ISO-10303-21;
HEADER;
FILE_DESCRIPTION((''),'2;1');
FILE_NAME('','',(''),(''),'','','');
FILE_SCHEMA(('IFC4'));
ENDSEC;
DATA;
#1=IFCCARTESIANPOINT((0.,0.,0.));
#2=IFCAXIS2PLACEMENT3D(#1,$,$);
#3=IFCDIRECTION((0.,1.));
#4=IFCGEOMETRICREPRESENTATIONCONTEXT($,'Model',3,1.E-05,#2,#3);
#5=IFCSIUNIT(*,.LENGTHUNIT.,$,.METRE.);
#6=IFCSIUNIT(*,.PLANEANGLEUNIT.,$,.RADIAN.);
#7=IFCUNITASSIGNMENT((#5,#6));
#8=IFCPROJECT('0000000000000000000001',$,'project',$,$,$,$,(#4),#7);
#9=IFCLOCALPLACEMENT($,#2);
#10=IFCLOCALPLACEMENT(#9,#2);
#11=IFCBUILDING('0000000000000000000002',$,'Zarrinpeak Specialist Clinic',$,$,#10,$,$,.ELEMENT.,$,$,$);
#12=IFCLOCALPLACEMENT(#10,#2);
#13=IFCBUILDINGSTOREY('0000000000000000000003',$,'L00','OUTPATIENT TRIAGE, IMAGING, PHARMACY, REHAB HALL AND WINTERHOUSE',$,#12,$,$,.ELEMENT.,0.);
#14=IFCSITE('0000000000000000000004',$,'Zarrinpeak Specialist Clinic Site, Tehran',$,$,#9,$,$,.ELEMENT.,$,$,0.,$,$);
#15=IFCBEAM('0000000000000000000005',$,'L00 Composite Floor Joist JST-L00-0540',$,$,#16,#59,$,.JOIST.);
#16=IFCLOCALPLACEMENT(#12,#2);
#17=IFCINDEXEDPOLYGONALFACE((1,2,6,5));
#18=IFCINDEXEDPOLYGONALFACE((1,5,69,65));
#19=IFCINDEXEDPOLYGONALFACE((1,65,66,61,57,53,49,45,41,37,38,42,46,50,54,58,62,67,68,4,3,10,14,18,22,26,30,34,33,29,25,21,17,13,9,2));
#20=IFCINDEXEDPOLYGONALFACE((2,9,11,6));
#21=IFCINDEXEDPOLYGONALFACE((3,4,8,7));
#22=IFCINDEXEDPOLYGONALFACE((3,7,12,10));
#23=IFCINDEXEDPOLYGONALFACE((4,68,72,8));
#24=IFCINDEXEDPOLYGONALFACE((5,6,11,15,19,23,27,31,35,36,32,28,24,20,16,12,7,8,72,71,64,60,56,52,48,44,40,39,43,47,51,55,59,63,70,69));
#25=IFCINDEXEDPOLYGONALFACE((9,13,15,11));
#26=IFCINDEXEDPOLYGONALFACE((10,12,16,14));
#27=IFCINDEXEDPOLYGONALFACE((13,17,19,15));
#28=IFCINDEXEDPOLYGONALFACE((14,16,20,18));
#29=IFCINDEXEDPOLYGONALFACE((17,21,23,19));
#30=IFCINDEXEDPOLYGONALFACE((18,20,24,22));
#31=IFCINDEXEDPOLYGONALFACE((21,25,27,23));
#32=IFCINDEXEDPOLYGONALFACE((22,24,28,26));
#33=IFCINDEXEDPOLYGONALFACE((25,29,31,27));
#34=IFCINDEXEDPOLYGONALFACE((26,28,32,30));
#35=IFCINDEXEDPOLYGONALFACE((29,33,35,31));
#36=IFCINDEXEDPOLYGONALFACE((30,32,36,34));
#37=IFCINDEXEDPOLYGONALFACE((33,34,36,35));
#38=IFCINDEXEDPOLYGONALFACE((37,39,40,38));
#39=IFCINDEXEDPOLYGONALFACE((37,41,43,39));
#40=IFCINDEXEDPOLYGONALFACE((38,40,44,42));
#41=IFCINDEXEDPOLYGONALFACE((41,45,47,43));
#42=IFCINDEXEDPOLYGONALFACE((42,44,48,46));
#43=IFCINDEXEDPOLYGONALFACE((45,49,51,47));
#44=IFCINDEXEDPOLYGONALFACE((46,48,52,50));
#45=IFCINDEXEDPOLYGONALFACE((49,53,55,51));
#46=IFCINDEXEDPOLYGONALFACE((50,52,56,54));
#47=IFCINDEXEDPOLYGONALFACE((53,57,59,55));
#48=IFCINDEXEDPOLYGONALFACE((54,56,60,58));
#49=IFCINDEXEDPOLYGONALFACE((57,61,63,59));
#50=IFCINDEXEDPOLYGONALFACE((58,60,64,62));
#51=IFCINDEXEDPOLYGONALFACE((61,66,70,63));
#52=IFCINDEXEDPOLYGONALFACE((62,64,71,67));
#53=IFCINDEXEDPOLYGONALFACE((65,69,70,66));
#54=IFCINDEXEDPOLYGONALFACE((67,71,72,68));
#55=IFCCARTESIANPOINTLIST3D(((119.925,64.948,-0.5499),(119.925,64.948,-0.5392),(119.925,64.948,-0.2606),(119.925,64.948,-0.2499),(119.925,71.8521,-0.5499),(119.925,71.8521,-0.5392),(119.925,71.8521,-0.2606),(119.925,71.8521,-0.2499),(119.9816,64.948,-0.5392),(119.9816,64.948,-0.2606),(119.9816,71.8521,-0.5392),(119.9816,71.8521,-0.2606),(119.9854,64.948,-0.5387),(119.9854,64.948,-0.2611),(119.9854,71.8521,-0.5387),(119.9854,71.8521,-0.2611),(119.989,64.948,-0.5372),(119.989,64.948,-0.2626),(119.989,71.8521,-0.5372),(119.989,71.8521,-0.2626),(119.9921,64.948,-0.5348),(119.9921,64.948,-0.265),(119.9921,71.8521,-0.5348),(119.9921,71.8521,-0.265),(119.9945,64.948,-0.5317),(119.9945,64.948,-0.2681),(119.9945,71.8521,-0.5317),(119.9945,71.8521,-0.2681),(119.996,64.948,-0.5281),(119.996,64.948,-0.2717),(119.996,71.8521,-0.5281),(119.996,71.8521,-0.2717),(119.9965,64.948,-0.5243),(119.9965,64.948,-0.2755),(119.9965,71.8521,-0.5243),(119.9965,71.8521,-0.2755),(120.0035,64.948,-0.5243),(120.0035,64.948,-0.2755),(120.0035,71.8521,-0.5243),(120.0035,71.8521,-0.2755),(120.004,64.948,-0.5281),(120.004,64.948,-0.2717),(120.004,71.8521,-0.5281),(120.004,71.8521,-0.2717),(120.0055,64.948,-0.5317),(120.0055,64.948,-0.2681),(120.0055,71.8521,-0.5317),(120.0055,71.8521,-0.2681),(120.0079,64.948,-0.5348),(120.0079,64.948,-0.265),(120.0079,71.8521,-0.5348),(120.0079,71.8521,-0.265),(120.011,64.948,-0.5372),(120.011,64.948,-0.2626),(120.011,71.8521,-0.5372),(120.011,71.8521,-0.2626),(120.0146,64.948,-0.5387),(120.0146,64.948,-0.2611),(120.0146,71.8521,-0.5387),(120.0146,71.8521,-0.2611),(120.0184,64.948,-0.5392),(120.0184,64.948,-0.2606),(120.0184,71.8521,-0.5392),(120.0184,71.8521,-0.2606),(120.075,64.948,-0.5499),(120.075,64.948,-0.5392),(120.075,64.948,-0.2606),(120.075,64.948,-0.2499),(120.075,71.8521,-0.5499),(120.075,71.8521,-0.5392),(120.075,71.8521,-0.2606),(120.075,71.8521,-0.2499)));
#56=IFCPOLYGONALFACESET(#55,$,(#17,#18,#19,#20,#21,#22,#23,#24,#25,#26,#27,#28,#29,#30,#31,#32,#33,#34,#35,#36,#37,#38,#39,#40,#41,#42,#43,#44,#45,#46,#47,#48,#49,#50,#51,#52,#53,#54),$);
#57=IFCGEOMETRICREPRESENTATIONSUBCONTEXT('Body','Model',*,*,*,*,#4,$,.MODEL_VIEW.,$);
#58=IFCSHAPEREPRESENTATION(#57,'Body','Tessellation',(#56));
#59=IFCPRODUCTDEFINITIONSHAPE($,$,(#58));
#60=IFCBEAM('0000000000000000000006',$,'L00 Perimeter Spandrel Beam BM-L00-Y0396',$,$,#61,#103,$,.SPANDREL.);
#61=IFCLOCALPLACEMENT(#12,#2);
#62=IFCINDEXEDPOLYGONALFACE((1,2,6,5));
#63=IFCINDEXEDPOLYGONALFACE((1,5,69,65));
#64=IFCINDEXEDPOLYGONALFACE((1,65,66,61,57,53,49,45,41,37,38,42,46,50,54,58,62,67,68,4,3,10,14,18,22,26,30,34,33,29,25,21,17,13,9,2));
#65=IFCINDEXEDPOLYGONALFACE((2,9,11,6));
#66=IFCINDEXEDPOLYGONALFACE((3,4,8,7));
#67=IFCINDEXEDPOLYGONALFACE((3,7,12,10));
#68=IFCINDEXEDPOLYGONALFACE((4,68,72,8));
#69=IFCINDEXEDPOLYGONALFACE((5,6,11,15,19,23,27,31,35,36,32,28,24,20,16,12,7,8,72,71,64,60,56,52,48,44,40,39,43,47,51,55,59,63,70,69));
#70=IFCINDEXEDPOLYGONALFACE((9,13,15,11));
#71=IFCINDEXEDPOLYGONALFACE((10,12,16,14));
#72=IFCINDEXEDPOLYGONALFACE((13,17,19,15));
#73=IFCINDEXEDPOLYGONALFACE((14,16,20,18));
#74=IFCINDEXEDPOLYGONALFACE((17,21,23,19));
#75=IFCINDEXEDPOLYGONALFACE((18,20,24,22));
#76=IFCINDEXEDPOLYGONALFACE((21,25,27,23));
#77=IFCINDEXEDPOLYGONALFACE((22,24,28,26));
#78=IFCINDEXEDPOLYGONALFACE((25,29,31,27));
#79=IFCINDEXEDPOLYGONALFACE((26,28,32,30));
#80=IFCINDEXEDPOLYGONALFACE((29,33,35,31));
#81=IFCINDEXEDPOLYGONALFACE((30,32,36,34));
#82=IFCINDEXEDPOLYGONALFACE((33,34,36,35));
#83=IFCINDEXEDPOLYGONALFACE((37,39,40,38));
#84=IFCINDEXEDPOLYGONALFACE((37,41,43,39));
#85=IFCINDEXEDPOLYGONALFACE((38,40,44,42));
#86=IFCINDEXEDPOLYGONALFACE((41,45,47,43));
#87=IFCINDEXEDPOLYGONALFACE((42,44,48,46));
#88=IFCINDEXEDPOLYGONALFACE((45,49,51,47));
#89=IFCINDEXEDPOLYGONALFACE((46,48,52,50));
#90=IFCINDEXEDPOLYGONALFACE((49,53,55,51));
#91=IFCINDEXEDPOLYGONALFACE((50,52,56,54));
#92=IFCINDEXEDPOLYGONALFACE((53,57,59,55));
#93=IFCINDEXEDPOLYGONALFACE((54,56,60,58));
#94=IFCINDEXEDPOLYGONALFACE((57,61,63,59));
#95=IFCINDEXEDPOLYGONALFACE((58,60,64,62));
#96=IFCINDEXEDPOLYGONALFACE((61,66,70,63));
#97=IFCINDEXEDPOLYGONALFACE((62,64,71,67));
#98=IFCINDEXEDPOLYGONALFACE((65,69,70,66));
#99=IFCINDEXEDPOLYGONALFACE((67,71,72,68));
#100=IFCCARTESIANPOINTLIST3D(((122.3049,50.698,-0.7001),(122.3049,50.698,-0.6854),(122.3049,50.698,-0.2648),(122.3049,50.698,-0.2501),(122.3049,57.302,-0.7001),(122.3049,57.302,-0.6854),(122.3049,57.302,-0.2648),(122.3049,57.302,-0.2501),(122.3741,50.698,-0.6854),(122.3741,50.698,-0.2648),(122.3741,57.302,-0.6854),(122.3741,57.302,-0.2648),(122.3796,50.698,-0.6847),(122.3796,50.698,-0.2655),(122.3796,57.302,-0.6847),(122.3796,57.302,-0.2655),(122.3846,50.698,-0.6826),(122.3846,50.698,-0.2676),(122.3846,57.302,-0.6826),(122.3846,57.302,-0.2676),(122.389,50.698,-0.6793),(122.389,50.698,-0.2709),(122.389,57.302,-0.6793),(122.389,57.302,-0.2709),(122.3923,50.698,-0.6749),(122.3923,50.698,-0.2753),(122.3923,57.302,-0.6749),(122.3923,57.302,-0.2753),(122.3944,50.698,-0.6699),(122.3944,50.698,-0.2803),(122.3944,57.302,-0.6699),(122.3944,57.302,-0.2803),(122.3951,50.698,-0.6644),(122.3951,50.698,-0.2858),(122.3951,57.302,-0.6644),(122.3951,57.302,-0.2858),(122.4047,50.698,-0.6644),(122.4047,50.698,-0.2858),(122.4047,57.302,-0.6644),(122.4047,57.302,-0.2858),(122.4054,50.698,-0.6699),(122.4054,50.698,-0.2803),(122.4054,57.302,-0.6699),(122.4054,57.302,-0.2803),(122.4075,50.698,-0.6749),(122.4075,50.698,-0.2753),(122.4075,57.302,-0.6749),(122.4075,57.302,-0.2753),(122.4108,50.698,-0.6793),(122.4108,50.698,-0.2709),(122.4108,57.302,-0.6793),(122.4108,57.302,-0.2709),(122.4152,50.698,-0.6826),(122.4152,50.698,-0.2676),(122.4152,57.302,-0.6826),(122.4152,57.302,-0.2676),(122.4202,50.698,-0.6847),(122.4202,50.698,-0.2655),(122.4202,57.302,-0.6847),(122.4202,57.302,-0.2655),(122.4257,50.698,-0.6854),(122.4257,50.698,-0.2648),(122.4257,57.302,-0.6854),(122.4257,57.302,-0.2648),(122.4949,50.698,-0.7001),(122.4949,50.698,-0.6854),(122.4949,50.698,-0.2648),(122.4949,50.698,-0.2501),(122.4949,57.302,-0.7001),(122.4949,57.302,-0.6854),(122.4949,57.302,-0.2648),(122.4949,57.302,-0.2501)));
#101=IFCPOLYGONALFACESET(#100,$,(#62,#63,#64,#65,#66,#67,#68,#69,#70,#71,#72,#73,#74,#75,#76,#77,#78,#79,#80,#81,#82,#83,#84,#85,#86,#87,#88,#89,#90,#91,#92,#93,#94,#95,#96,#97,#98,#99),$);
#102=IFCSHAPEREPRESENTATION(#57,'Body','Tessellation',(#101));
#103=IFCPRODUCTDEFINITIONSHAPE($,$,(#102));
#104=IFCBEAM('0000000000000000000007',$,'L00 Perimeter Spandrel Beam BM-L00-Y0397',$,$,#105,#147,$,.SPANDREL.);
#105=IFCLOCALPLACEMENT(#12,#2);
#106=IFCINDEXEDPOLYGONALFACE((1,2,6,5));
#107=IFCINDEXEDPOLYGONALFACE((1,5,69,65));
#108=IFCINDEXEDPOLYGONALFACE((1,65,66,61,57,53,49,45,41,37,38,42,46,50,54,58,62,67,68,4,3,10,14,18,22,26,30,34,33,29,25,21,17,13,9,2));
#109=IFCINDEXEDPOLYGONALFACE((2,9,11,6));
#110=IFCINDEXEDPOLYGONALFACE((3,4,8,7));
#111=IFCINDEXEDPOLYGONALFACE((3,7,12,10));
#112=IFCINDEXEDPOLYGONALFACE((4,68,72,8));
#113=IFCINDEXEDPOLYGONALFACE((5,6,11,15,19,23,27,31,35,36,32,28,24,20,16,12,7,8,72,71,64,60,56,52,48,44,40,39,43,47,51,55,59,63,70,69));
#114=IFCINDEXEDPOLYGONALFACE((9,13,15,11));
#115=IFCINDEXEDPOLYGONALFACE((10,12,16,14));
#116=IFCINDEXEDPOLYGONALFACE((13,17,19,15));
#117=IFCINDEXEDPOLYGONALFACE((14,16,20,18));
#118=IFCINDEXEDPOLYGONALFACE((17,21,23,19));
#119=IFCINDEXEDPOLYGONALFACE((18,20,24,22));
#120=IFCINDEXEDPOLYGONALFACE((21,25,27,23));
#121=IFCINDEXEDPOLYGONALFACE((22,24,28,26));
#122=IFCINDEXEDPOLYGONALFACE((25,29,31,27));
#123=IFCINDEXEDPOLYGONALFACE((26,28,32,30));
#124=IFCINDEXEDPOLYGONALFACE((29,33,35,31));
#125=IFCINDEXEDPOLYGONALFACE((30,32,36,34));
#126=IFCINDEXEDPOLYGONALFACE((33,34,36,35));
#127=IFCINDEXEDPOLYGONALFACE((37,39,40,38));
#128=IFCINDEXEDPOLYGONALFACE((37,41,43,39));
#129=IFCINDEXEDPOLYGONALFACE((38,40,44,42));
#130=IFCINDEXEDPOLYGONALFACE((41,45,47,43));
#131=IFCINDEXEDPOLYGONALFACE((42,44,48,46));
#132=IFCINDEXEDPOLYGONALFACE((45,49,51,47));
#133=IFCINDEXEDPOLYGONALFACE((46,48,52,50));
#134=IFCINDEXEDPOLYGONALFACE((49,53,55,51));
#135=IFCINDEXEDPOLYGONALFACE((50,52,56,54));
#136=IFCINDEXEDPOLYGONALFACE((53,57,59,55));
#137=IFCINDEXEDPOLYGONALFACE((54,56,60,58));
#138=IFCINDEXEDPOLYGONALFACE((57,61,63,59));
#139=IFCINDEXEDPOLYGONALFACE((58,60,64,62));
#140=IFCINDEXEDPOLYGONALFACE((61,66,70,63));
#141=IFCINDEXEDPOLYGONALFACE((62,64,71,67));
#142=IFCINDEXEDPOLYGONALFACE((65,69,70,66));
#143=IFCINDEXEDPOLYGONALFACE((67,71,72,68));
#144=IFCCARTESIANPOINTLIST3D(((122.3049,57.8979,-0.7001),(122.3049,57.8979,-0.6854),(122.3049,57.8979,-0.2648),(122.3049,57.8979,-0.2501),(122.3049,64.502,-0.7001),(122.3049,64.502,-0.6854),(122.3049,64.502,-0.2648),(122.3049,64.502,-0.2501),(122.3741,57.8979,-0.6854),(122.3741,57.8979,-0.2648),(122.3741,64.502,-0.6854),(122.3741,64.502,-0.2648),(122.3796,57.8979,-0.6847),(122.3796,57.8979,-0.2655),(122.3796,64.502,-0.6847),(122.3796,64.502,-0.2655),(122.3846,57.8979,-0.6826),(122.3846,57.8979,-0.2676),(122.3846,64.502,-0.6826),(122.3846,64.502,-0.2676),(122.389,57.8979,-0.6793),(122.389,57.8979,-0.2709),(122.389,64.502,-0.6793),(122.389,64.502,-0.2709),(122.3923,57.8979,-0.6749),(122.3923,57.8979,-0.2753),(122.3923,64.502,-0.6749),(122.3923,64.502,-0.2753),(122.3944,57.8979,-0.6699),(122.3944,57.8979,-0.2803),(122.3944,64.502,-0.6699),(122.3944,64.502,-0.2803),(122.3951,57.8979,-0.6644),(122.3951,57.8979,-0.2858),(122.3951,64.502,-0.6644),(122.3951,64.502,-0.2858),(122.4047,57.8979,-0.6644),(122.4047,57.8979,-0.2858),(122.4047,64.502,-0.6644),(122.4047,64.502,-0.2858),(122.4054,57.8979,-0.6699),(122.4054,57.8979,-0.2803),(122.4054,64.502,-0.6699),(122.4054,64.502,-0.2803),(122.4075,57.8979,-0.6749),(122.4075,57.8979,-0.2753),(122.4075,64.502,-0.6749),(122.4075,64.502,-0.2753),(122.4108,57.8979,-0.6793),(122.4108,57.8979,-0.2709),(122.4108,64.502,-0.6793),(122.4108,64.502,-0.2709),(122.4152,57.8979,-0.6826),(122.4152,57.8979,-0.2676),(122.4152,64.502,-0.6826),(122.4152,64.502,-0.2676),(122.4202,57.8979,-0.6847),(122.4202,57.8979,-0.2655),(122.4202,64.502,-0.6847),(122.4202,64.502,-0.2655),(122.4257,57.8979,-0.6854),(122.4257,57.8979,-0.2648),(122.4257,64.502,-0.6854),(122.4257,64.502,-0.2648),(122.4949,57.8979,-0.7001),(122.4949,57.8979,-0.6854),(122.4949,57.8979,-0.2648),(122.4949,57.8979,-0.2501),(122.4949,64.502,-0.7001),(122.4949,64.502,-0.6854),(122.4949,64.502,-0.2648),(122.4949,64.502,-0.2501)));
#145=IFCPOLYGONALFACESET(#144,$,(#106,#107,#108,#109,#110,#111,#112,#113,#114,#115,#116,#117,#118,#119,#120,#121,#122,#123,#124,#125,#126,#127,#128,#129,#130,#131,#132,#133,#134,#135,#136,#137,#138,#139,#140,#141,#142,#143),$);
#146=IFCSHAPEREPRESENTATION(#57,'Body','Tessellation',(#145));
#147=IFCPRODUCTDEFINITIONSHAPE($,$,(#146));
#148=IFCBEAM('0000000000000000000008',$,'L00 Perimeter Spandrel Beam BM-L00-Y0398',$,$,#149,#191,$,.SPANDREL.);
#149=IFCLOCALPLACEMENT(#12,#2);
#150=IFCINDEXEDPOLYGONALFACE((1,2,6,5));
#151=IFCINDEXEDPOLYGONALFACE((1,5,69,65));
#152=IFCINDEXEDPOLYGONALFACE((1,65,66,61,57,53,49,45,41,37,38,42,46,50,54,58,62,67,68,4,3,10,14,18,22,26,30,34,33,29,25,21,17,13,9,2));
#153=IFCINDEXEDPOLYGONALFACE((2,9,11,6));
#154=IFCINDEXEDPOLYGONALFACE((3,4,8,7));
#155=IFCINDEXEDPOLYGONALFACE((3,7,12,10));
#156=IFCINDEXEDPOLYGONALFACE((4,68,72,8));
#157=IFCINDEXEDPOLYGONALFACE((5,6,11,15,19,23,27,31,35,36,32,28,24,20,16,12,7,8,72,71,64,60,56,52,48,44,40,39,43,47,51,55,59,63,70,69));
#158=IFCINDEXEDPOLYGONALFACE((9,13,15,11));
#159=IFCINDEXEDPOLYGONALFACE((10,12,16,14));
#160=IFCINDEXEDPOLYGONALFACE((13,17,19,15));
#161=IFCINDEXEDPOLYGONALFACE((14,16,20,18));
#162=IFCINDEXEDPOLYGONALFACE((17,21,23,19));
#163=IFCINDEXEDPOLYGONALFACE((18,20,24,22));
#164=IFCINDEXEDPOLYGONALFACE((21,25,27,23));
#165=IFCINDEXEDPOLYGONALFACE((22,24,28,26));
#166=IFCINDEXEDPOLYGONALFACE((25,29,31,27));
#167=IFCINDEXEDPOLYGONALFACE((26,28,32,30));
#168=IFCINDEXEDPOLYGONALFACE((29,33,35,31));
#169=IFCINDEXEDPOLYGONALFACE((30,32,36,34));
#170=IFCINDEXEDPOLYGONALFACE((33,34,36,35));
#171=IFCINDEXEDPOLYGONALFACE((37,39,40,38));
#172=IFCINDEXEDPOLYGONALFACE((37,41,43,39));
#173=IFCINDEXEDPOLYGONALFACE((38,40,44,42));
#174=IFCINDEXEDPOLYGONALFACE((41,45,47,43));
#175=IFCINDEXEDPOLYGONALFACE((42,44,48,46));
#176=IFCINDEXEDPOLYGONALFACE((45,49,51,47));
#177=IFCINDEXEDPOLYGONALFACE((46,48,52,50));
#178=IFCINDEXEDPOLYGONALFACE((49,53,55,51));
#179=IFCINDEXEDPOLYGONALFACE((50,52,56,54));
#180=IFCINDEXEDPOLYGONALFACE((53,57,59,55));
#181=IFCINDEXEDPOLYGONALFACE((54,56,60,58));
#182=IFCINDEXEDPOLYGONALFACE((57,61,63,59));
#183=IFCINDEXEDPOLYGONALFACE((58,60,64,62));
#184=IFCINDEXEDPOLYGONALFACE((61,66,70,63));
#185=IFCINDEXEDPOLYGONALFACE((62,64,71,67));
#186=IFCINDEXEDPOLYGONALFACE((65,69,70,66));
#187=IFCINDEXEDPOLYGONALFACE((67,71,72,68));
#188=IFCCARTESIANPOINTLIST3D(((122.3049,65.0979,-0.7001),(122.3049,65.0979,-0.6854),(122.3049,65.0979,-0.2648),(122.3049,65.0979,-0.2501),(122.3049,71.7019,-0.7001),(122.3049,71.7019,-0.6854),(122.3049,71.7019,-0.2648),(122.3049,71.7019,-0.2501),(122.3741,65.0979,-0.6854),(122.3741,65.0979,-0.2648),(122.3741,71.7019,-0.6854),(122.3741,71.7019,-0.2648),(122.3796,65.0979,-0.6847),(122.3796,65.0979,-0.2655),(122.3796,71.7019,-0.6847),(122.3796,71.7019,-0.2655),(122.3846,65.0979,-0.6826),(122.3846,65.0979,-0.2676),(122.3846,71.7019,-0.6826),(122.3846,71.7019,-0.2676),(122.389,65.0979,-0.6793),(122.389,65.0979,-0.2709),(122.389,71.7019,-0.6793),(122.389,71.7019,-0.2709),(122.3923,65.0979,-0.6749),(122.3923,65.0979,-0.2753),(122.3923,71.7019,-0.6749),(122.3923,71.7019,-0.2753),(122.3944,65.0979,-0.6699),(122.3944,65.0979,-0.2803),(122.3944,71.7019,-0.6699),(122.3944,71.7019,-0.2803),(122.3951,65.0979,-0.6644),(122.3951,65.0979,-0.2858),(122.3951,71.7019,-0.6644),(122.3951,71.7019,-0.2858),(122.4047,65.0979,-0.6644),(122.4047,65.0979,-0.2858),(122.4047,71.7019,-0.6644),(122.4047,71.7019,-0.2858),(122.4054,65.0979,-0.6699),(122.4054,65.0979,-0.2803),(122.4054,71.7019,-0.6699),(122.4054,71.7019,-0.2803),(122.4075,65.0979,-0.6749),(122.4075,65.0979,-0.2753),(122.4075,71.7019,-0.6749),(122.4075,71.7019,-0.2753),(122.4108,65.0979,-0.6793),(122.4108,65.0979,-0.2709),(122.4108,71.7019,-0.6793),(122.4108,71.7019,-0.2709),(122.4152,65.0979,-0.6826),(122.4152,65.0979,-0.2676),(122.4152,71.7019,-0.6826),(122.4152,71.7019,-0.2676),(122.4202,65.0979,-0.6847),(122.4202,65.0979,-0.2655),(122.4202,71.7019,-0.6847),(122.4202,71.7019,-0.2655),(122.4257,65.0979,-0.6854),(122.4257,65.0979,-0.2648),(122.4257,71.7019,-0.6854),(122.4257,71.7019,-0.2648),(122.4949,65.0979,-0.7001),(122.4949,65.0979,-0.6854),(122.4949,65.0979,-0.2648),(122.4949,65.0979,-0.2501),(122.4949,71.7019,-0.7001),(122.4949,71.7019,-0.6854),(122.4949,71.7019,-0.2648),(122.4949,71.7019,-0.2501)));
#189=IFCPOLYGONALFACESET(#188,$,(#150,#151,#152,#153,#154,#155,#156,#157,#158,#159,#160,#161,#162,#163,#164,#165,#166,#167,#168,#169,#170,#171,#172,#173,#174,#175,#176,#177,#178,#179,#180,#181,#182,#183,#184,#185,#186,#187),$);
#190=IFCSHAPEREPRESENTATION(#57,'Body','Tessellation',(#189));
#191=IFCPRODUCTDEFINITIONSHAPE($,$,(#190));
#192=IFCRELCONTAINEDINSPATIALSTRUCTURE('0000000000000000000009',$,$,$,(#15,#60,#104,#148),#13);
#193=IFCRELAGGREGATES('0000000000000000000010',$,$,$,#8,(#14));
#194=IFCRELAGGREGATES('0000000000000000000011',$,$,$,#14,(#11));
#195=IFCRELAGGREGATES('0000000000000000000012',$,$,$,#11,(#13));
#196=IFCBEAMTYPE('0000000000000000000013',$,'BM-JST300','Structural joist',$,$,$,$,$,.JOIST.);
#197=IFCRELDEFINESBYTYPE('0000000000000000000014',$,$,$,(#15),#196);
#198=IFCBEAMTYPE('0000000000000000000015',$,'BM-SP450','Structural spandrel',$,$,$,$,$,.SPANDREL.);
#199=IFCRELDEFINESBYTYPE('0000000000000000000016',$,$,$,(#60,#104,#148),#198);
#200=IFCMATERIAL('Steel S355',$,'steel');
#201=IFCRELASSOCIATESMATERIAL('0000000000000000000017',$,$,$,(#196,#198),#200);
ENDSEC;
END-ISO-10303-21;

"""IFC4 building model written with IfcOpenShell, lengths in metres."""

from ifc_helpers import new_model, si_unit, direction, frame, origin, origin_2d, place, context, subcontext, project, spatial, i_section, extrude, material, material_profile, profile_set, type_object, element, save


model = new_model("IFC4")

# Units and contexts
model_context = context("Model", 3, precision=1e-05, world=origin(), true_north=direction((0.0, 1.0)))
body_context = subcontext(model_context, "Body", "Model", "MODEL_VIEW")
ifc_project = project(units=[si_unit("LENGTHUNIT", "METRE"), si_unit("PLANEANGLEUNIT", "RADIAN")], contexts=[model_context])

# Site, building, storey
site_placement = place(None, origin())
site = spatial("IfcSite", under=ifc_project, at=site_placement, Name="Zarrinpeak Specialist Clinic Site, Tehran", CompositionType="ELEMENT", RefElevation=0.0)
building_placement = place(site_placement, origin())
building = spatial("IfcBuilding", under=site, at=building_placement, Name="Zarrinpeak Specialist Clinic", CompositionType="ELEMENT")
storey_placement = place(building_placement, origin())
storey = spatial("IfcBuildingStorey", under=building, at=storey_placement, Name="L00", Description="OUTPATIENT TRIAGE, IMAGING, PHARMACY, REHAB HALL AND WINTERHOUSE", CompositionType="ELEMENT", Elevation=0.0)

# Shared definitions
ifc_material_1 = material(Name="Steel S355", Category="steel")

# Beams
ifc_material_profile_1 = material_profile(ifc_material_1, i_section(OverallWidth=0.1499, OverallDepth=0.3, WebThickness=0.0071, FlangeThickness=0.0107, FilletRadius=0.0149, at=origin_2d()), Name="IPE 300")
ifc_profile_set_1 = profile_set([ifc_material_profile_1], Name="Steel S355")
beam_type_1 = type_object("IfcBeamType", Name="BM-JST300", Description="Structural joist", PredefinedType="JOIST", material=ifc_profile_set_1)
for number, where, z_axis, x_axis, name in (
    (1, (120.0, 64.948, -0.3999), (0.0, 1.0, 0.0), (-1.0, 0.0, 0.0), "L00 Composite Floor Joist JST-L00-0540"),
):
    element("IfcBeam", number, at=place(storey_placement, frame(where, z_axis=z_axis, x_axis=x_axis)), inside=storey, type_object=beam_type_1, Name=name, PredefinedType="JOIST", context=body_context, shape_type="SweptSolid", body=[
        extrude(i_section(OverallWidth=0.1499, OverallDepth=0.3, WebThickness=0.0071, FlangeThickness=0.0107, FilletRadius=0.0149, at=origin_2d()), origin(), (0.0, 0.0, 1.0), 6.9041),
    ])
ifc_material_profile_2 = material_profile(ifc_material_1, i_section(OverallWidth=0.1899, OverallDepth=0.45, WebThickness=0.0095, FlangeThickness=0.0146, FilletRadius=0.021, at=origin_2d()), Name="IPE 450")
ifc_profile_set_2 = profile_set([ifc_material_profile_2], Name="Steel S355")
beam_type_2 = type_object("IfcBeamType", Name="BM-SP450", Description="Structural spandrel", PredefinedType="SPANDREL", material=ifc_profile_set_2)
for number, where, z_axis, x_axis, name in (
    (2, (122.3999, 50.698, -0.4751), (0.0, 1.0, 0.0), (-1.0, 0.0, 0.0), "L00 Perimeter Spandrel Beam BM-L00-Y0396"),
    (3, (122.3999, 57.8979, -0.4751), (0.0, 1.0, 0.0), (-1.0, 0.0, 0.0), "L00 Perimeter Spandrel Beam BM-L00-Y0397"),
    (4, (122.3999, 65.0979, -0.4751), (0.0, 1.0, 0.0), (-1.0, 0.0, 0.0), "L00 Perimeter Spandrel Beam BM-L00-Y0398"),
):
    element("IfcBeam", number, at=place(storey_placement, frame(where, z_axis=z_axis, x_axis=x_axis)), inside=storey, type_object=beam_type_2, Name=name, PredefinedType="SPANDREL", context=body_context, shape_type="SweptSolid", body=[
        extrude(i_section(OverallWidth=0.1899, OverallDepth=0.45, WebThickness=0.0095, FlangeThickness=0.0146, FilletRadius=0.021, at=origin_2d()), origin(), (0.0, 0.0, 1.0), 6.604),
    ])

save(model, "model.ifc")
